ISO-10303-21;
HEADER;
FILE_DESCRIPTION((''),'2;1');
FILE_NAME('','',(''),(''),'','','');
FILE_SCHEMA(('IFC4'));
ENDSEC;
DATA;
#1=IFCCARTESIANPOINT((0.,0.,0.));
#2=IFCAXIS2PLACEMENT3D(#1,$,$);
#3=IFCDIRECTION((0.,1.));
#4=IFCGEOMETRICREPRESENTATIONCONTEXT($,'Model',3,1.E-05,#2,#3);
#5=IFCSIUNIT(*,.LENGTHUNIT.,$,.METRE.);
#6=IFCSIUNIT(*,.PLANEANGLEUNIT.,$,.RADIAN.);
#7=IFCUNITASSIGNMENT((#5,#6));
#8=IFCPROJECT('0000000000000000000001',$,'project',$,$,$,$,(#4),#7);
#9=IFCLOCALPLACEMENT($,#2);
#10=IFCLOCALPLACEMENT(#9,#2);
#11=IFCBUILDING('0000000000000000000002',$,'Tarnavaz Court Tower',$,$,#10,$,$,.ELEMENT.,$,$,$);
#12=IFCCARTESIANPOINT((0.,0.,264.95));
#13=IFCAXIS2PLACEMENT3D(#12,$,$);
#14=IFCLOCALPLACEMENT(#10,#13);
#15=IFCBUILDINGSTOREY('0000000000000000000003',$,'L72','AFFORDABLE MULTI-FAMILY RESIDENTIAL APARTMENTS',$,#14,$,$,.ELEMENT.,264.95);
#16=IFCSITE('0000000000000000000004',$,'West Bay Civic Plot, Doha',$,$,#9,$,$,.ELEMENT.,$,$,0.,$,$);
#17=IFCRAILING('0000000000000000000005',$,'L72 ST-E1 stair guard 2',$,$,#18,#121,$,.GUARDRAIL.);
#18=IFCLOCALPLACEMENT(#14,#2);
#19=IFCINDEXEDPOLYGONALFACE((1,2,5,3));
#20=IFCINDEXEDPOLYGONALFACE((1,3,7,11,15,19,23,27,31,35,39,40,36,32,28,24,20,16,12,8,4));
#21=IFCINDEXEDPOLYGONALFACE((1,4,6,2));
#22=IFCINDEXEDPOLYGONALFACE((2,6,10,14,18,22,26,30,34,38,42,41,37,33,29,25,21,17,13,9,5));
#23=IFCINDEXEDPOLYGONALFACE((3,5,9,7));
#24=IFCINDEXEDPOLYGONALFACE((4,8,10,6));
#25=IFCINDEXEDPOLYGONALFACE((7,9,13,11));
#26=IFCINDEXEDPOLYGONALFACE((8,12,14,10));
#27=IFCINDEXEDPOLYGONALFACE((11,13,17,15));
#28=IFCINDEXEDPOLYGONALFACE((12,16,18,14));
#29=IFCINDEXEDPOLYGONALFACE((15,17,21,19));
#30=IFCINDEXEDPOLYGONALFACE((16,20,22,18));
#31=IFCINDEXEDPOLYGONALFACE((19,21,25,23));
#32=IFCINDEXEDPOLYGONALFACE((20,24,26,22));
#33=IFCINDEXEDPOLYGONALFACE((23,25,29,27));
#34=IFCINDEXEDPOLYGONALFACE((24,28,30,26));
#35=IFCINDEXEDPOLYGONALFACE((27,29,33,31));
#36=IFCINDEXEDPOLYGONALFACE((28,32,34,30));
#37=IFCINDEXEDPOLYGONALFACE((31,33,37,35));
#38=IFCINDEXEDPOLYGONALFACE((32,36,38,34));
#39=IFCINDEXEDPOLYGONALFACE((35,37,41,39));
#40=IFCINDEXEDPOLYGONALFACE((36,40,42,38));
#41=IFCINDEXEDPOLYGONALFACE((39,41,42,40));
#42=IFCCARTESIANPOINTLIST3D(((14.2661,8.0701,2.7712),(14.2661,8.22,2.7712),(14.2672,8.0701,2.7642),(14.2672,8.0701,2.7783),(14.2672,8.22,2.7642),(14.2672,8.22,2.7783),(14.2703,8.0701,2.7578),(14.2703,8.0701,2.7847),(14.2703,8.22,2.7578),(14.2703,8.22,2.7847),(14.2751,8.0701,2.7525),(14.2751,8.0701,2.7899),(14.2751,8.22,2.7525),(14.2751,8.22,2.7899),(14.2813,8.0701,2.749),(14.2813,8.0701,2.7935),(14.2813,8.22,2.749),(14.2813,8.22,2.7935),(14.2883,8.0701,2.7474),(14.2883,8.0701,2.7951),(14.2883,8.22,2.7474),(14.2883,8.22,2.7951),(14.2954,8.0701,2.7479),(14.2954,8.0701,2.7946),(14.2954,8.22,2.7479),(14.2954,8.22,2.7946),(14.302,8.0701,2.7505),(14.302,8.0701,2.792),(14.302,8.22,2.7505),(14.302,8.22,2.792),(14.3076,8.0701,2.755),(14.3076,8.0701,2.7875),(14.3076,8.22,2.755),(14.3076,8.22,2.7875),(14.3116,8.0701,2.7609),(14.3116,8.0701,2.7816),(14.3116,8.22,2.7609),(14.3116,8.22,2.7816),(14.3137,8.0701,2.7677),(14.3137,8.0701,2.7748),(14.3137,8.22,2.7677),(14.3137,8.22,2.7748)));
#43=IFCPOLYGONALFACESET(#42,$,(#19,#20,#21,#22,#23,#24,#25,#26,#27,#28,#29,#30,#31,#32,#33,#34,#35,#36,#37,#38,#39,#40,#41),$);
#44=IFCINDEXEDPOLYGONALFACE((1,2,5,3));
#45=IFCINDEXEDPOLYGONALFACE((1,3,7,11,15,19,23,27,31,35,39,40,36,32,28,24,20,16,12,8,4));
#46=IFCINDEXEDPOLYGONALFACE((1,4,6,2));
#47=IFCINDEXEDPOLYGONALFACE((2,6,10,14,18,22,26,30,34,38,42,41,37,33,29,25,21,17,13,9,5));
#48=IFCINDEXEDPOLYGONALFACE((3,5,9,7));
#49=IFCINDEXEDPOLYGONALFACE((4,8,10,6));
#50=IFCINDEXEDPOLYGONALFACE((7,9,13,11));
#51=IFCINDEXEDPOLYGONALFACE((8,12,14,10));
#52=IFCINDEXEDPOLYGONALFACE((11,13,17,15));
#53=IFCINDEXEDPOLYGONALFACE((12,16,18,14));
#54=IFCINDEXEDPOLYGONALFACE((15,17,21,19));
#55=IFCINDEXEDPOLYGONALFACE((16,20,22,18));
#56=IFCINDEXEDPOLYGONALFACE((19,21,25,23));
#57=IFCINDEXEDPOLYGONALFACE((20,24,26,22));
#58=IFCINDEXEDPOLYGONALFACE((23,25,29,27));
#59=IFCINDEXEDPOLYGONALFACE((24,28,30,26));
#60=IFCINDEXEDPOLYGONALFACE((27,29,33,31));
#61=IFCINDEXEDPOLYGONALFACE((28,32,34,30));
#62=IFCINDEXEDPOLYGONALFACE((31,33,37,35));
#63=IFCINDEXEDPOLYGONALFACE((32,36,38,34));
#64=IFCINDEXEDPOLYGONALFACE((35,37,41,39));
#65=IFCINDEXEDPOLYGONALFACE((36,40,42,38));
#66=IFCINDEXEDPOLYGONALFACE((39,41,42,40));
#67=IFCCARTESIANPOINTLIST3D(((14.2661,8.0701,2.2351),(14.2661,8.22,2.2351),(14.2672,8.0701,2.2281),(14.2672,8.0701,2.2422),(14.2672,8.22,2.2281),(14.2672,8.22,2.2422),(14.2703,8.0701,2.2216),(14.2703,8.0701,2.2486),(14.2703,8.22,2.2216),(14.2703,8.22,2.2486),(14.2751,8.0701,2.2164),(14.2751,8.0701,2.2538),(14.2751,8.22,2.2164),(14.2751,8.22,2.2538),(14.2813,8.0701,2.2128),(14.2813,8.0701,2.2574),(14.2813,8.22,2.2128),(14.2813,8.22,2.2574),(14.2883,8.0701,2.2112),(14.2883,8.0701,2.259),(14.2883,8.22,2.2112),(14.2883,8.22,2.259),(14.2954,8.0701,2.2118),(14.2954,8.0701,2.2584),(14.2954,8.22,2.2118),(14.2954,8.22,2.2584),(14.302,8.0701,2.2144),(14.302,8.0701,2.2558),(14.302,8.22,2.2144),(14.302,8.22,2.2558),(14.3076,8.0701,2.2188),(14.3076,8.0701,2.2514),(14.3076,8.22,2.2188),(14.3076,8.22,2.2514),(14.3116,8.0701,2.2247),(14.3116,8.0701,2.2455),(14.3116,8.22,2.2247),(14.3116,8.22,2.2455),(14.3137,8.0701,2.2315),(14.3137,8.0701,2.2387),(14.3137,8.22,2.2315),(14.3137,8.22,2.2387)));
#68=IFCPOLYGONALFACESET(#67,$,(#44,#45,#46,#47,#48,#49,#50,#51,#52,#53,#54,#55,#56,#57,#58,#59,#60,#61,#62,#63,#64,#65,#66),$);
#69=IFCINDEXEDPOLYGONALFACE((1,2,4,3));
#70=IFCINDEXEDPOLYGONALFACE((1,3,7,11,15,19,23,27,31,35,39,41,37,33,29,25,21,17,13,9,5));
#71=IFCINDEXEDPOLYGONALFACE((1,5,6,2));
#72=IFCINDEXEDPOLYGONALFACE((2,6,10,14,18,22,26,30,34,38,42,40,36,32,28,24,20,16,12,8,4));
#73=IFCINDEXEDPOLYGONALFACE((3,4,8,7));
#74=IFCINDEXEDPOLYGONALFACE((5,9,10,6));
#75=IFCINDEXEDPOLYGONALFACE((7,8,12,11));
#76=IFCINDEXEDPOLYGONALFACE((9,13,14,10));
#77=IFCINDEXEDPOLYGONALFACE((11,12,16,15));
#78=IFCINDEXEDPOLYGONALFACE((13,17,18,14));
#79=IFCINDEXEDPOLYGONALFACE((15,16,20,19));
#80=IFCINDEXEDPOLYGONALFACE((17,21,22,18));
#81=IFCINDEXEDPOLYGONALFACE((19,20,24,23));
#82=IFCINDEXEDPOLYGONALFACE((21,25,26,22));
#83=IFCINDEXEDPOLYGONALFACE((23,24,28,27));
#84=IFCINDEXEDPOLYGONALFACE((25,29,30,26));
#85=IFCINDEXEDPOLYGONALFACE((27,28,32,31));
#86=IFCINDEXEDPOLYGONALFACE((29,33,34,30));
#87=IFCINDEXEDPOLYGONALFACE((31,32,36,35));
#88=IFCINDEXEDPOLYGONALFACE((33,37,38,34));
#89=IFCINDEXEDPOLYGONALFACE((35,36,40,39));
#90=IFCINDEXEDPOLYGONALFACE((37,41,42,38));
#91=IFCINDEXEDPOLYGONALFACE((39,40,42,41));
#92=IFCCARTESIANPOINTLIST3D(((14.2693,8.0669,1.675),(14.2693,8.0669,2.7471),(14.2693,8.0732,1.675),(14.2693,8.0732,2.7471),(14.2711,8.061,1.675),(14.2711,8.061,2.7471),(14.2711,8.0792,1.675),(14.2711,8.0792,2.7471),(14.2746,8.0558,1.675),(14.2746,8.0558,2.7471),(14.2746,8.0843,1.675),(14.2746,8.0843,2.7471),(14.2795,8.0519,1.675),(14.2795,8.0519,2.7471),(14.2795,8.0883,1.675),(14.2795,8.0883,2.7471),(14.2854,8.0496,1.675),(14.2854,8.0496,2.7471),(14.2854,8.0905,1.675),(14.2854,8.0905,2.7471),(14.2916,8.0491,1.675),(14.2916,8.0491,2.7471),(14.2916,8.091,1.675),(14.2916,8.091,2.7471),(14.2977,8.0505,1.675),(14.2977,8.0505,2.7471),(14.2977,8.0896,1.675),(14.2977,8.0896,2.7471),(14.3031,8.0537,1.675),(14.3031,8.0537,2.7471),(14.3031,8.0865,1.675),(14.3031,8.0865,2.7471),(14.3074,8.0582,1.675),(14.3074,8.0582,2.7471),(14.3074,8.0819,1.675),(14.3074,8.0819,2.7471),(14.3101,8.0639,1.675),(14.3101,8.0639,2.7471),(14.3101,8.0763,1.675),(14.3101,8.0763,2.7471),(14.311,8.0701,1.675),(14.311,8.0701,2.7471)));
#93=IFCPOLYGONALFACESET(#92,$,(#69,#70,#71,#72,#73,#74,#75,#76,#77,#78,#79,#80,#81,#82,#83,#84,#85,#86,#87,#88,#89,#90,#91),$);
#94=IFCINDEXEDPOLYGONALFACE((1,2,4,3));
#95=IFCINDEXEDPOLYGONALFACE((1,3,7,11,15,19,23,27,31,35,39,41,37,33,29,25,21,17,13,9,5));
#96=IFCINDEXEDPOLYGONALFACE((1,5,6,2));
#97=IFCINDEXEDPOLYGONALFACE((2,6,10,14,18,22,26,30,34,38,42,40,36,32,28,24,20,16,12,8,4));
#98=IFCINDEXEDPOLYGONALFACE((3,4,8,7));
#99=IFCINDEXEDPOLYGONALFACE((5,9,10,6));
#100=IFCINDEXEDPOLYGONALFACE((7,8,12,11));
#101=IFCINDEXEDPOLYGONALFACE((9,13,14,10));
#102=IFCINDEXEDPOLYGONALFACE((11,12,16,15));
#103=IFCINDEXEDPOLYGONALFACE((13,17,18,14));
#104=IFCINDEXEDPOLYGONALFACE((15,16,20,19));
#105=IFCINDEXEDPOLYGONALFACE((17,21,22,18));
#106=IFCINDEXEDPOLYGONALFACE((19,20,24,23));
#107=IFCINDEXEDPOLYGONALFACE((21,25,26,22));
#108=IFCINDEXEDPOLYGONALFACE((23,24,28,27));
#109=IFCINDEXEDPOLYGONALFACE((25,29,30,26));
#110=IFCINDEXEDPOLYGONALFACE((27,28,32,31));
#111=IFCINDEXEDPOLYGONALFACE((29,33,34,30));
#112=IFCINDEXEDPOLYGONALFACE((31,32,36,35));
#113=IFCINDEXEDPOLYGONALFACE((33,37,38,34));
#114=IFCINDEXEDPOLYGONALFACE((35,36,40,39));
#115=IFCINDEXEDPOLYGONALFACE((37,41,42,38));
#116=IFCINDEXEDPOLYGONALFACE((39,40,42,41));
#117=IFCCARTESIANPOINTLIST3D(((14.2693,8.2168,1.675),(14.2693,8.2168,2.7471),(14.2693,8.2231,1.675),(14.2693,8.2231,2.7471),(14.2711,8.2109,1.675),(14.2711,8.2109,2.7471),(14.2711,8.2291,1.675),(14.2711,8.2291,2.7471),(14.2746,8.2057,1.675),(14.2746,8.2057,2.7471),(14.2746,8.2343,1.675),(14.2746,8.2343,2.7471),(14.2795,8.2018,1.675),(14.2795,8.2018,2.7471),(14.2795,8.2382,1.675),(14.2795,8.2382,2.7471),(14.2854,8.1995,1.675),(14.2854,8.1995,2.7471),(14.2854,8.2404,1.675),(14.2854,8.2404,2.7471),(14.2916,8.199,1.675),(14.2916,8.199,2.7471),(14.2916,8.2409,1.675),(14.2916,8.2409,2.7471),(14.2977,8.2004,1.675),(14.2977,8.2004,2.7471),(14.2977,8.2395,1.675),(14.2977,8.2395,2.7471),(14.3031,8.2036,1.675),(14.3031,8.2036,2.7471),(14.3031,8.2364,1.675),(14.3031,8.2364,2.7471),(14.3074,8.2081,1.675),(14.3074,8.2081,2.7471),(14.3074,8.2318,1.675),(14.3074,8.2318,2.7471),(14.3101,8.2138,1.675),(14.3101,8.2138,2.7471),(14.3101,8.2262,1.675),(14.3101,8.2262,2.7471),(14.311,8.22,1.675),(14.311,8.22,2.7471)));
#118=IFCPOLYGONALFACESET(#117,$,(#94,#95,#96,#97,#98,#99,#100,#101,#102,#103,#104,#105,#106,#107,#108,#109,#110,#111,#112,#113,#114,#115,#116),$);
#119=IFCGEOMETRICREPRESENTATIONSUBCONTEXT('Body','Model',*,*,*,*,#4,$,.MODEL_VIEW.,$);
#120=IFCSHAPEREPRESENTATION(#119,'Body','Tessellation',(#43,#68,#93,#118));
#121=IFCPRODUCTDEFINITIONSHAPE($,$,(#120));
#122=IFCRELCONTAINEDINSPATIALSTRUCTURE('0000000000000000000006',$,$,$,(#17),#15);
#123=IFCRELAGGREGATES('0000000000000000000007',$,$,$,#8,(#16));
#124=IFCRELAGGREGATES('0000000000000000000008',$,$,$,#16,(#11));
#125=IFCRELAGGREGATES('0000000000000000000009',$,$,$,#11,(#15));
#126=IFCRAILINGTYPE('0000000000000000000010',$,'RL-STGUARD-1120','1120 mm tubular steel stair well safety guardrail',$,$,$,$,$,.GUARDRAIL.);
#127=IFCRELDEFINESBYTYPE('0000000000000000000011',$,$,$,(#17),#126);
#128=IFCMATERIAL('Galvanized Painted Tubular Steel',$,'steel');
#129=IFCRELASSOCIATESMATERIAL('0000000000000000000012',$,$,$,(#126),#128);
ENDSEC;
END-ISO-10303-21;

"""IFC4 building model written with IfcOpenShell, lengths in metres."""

from ifc_helpers import new_model, si_unit, direction, frame, origin, origin_2d, place, context, subcontext, project, spatial, circle, extrude, material, type_object, element, save


model = new_model("IFC4")

# Units and contexts
model_context = context("Model", 3, precision=1e-05, world=origin(), true_north=direction((0.0, 1.0)))
body_context = subcontext(model_context, "Body", "Model", "MODEL_VIEW")
ifc_project = project(units=[si_unit("LENGTHUNIT", "METRE"), si_unit("PLANEANGLEUNIT", "RADIAN")], contexts=[model_context])

# Site, building, storey
site_placement = place(None, origin())
site = spatial("IfcSite", under=ifc_project, at=site_placement, Name="West Bay Civic Plot, Doha", CompositionType="ELEMENT", RefElevation=0.0)
building_placement = place(site_placement, origin())
building = spatial("IfcBuilding", under=site, at=building_placement, Name="Tarnavaz Court Tower", CompositionType="ELEMENT")
storey_placement = place(building_placement, frame((0.0, 0.0, 264.95)))
storey = spatial("IfcBuildingStorey", under=building, at=storey_placement, Name="L72", Description="AFFORDABLE MULTI-FAMILY RESIDENTIAL APARTMENTS", CompositionType="ELEMENT", Elevation=264.95)

# Railing
ifc_material_1 = material(Name="Galvanized Painted Tubular Steel", Category="steel")
railing_type_1 = type_object("IfcRailingType", Name="RL-STGUARD-1120", Description="1120 mm tubular steel stair well safety guardrail", PredefinedType="GUARDRAIL", material=ifc_material_1)
railing_1_placement = place(storey_placement, frame((14.29, 8.0701, 1.675)))
element("IfcRailing", 1, at=railing_1_placement, inside=storey, type_object=railing_type_1, Name="L72 ST-E1 stair guard 2", PredefinedType="GUARDRAIL", context=body_context, shape_type="SweptSolid", body=[
    extrude(circle(Radius=0.0239, at=origin_2d()), frame((0.0, 0.0, 1.0962), z_axis=(0.0, 1.0, 0.0), x_axis=(-1.0, 0.0, 0.0)), (0.0, 0.0, 1.0), 0.1499),
    extrude(circle(Radius=0.0239, at=origin_2d()), frame((0.0, 0.0, 0.5601), z_axis=(0.0, 1.0, 0.0), x_axis=(-1.0, 0.0, 0.0)), (0.0, 0.0, 1.0), 0.1499),
    extrude(circle(Radius=0.021, at=origin_2d()), origin(), (0.0, 0.0, 1.0), 1.072),
    extrude(circle(Radius=0.021, at=origin_2d()), frame((0.0, 0.1499, 0.0)), (0.0, 0.0, 1.0), 1.072),
])

save(model, "model.ifc")
